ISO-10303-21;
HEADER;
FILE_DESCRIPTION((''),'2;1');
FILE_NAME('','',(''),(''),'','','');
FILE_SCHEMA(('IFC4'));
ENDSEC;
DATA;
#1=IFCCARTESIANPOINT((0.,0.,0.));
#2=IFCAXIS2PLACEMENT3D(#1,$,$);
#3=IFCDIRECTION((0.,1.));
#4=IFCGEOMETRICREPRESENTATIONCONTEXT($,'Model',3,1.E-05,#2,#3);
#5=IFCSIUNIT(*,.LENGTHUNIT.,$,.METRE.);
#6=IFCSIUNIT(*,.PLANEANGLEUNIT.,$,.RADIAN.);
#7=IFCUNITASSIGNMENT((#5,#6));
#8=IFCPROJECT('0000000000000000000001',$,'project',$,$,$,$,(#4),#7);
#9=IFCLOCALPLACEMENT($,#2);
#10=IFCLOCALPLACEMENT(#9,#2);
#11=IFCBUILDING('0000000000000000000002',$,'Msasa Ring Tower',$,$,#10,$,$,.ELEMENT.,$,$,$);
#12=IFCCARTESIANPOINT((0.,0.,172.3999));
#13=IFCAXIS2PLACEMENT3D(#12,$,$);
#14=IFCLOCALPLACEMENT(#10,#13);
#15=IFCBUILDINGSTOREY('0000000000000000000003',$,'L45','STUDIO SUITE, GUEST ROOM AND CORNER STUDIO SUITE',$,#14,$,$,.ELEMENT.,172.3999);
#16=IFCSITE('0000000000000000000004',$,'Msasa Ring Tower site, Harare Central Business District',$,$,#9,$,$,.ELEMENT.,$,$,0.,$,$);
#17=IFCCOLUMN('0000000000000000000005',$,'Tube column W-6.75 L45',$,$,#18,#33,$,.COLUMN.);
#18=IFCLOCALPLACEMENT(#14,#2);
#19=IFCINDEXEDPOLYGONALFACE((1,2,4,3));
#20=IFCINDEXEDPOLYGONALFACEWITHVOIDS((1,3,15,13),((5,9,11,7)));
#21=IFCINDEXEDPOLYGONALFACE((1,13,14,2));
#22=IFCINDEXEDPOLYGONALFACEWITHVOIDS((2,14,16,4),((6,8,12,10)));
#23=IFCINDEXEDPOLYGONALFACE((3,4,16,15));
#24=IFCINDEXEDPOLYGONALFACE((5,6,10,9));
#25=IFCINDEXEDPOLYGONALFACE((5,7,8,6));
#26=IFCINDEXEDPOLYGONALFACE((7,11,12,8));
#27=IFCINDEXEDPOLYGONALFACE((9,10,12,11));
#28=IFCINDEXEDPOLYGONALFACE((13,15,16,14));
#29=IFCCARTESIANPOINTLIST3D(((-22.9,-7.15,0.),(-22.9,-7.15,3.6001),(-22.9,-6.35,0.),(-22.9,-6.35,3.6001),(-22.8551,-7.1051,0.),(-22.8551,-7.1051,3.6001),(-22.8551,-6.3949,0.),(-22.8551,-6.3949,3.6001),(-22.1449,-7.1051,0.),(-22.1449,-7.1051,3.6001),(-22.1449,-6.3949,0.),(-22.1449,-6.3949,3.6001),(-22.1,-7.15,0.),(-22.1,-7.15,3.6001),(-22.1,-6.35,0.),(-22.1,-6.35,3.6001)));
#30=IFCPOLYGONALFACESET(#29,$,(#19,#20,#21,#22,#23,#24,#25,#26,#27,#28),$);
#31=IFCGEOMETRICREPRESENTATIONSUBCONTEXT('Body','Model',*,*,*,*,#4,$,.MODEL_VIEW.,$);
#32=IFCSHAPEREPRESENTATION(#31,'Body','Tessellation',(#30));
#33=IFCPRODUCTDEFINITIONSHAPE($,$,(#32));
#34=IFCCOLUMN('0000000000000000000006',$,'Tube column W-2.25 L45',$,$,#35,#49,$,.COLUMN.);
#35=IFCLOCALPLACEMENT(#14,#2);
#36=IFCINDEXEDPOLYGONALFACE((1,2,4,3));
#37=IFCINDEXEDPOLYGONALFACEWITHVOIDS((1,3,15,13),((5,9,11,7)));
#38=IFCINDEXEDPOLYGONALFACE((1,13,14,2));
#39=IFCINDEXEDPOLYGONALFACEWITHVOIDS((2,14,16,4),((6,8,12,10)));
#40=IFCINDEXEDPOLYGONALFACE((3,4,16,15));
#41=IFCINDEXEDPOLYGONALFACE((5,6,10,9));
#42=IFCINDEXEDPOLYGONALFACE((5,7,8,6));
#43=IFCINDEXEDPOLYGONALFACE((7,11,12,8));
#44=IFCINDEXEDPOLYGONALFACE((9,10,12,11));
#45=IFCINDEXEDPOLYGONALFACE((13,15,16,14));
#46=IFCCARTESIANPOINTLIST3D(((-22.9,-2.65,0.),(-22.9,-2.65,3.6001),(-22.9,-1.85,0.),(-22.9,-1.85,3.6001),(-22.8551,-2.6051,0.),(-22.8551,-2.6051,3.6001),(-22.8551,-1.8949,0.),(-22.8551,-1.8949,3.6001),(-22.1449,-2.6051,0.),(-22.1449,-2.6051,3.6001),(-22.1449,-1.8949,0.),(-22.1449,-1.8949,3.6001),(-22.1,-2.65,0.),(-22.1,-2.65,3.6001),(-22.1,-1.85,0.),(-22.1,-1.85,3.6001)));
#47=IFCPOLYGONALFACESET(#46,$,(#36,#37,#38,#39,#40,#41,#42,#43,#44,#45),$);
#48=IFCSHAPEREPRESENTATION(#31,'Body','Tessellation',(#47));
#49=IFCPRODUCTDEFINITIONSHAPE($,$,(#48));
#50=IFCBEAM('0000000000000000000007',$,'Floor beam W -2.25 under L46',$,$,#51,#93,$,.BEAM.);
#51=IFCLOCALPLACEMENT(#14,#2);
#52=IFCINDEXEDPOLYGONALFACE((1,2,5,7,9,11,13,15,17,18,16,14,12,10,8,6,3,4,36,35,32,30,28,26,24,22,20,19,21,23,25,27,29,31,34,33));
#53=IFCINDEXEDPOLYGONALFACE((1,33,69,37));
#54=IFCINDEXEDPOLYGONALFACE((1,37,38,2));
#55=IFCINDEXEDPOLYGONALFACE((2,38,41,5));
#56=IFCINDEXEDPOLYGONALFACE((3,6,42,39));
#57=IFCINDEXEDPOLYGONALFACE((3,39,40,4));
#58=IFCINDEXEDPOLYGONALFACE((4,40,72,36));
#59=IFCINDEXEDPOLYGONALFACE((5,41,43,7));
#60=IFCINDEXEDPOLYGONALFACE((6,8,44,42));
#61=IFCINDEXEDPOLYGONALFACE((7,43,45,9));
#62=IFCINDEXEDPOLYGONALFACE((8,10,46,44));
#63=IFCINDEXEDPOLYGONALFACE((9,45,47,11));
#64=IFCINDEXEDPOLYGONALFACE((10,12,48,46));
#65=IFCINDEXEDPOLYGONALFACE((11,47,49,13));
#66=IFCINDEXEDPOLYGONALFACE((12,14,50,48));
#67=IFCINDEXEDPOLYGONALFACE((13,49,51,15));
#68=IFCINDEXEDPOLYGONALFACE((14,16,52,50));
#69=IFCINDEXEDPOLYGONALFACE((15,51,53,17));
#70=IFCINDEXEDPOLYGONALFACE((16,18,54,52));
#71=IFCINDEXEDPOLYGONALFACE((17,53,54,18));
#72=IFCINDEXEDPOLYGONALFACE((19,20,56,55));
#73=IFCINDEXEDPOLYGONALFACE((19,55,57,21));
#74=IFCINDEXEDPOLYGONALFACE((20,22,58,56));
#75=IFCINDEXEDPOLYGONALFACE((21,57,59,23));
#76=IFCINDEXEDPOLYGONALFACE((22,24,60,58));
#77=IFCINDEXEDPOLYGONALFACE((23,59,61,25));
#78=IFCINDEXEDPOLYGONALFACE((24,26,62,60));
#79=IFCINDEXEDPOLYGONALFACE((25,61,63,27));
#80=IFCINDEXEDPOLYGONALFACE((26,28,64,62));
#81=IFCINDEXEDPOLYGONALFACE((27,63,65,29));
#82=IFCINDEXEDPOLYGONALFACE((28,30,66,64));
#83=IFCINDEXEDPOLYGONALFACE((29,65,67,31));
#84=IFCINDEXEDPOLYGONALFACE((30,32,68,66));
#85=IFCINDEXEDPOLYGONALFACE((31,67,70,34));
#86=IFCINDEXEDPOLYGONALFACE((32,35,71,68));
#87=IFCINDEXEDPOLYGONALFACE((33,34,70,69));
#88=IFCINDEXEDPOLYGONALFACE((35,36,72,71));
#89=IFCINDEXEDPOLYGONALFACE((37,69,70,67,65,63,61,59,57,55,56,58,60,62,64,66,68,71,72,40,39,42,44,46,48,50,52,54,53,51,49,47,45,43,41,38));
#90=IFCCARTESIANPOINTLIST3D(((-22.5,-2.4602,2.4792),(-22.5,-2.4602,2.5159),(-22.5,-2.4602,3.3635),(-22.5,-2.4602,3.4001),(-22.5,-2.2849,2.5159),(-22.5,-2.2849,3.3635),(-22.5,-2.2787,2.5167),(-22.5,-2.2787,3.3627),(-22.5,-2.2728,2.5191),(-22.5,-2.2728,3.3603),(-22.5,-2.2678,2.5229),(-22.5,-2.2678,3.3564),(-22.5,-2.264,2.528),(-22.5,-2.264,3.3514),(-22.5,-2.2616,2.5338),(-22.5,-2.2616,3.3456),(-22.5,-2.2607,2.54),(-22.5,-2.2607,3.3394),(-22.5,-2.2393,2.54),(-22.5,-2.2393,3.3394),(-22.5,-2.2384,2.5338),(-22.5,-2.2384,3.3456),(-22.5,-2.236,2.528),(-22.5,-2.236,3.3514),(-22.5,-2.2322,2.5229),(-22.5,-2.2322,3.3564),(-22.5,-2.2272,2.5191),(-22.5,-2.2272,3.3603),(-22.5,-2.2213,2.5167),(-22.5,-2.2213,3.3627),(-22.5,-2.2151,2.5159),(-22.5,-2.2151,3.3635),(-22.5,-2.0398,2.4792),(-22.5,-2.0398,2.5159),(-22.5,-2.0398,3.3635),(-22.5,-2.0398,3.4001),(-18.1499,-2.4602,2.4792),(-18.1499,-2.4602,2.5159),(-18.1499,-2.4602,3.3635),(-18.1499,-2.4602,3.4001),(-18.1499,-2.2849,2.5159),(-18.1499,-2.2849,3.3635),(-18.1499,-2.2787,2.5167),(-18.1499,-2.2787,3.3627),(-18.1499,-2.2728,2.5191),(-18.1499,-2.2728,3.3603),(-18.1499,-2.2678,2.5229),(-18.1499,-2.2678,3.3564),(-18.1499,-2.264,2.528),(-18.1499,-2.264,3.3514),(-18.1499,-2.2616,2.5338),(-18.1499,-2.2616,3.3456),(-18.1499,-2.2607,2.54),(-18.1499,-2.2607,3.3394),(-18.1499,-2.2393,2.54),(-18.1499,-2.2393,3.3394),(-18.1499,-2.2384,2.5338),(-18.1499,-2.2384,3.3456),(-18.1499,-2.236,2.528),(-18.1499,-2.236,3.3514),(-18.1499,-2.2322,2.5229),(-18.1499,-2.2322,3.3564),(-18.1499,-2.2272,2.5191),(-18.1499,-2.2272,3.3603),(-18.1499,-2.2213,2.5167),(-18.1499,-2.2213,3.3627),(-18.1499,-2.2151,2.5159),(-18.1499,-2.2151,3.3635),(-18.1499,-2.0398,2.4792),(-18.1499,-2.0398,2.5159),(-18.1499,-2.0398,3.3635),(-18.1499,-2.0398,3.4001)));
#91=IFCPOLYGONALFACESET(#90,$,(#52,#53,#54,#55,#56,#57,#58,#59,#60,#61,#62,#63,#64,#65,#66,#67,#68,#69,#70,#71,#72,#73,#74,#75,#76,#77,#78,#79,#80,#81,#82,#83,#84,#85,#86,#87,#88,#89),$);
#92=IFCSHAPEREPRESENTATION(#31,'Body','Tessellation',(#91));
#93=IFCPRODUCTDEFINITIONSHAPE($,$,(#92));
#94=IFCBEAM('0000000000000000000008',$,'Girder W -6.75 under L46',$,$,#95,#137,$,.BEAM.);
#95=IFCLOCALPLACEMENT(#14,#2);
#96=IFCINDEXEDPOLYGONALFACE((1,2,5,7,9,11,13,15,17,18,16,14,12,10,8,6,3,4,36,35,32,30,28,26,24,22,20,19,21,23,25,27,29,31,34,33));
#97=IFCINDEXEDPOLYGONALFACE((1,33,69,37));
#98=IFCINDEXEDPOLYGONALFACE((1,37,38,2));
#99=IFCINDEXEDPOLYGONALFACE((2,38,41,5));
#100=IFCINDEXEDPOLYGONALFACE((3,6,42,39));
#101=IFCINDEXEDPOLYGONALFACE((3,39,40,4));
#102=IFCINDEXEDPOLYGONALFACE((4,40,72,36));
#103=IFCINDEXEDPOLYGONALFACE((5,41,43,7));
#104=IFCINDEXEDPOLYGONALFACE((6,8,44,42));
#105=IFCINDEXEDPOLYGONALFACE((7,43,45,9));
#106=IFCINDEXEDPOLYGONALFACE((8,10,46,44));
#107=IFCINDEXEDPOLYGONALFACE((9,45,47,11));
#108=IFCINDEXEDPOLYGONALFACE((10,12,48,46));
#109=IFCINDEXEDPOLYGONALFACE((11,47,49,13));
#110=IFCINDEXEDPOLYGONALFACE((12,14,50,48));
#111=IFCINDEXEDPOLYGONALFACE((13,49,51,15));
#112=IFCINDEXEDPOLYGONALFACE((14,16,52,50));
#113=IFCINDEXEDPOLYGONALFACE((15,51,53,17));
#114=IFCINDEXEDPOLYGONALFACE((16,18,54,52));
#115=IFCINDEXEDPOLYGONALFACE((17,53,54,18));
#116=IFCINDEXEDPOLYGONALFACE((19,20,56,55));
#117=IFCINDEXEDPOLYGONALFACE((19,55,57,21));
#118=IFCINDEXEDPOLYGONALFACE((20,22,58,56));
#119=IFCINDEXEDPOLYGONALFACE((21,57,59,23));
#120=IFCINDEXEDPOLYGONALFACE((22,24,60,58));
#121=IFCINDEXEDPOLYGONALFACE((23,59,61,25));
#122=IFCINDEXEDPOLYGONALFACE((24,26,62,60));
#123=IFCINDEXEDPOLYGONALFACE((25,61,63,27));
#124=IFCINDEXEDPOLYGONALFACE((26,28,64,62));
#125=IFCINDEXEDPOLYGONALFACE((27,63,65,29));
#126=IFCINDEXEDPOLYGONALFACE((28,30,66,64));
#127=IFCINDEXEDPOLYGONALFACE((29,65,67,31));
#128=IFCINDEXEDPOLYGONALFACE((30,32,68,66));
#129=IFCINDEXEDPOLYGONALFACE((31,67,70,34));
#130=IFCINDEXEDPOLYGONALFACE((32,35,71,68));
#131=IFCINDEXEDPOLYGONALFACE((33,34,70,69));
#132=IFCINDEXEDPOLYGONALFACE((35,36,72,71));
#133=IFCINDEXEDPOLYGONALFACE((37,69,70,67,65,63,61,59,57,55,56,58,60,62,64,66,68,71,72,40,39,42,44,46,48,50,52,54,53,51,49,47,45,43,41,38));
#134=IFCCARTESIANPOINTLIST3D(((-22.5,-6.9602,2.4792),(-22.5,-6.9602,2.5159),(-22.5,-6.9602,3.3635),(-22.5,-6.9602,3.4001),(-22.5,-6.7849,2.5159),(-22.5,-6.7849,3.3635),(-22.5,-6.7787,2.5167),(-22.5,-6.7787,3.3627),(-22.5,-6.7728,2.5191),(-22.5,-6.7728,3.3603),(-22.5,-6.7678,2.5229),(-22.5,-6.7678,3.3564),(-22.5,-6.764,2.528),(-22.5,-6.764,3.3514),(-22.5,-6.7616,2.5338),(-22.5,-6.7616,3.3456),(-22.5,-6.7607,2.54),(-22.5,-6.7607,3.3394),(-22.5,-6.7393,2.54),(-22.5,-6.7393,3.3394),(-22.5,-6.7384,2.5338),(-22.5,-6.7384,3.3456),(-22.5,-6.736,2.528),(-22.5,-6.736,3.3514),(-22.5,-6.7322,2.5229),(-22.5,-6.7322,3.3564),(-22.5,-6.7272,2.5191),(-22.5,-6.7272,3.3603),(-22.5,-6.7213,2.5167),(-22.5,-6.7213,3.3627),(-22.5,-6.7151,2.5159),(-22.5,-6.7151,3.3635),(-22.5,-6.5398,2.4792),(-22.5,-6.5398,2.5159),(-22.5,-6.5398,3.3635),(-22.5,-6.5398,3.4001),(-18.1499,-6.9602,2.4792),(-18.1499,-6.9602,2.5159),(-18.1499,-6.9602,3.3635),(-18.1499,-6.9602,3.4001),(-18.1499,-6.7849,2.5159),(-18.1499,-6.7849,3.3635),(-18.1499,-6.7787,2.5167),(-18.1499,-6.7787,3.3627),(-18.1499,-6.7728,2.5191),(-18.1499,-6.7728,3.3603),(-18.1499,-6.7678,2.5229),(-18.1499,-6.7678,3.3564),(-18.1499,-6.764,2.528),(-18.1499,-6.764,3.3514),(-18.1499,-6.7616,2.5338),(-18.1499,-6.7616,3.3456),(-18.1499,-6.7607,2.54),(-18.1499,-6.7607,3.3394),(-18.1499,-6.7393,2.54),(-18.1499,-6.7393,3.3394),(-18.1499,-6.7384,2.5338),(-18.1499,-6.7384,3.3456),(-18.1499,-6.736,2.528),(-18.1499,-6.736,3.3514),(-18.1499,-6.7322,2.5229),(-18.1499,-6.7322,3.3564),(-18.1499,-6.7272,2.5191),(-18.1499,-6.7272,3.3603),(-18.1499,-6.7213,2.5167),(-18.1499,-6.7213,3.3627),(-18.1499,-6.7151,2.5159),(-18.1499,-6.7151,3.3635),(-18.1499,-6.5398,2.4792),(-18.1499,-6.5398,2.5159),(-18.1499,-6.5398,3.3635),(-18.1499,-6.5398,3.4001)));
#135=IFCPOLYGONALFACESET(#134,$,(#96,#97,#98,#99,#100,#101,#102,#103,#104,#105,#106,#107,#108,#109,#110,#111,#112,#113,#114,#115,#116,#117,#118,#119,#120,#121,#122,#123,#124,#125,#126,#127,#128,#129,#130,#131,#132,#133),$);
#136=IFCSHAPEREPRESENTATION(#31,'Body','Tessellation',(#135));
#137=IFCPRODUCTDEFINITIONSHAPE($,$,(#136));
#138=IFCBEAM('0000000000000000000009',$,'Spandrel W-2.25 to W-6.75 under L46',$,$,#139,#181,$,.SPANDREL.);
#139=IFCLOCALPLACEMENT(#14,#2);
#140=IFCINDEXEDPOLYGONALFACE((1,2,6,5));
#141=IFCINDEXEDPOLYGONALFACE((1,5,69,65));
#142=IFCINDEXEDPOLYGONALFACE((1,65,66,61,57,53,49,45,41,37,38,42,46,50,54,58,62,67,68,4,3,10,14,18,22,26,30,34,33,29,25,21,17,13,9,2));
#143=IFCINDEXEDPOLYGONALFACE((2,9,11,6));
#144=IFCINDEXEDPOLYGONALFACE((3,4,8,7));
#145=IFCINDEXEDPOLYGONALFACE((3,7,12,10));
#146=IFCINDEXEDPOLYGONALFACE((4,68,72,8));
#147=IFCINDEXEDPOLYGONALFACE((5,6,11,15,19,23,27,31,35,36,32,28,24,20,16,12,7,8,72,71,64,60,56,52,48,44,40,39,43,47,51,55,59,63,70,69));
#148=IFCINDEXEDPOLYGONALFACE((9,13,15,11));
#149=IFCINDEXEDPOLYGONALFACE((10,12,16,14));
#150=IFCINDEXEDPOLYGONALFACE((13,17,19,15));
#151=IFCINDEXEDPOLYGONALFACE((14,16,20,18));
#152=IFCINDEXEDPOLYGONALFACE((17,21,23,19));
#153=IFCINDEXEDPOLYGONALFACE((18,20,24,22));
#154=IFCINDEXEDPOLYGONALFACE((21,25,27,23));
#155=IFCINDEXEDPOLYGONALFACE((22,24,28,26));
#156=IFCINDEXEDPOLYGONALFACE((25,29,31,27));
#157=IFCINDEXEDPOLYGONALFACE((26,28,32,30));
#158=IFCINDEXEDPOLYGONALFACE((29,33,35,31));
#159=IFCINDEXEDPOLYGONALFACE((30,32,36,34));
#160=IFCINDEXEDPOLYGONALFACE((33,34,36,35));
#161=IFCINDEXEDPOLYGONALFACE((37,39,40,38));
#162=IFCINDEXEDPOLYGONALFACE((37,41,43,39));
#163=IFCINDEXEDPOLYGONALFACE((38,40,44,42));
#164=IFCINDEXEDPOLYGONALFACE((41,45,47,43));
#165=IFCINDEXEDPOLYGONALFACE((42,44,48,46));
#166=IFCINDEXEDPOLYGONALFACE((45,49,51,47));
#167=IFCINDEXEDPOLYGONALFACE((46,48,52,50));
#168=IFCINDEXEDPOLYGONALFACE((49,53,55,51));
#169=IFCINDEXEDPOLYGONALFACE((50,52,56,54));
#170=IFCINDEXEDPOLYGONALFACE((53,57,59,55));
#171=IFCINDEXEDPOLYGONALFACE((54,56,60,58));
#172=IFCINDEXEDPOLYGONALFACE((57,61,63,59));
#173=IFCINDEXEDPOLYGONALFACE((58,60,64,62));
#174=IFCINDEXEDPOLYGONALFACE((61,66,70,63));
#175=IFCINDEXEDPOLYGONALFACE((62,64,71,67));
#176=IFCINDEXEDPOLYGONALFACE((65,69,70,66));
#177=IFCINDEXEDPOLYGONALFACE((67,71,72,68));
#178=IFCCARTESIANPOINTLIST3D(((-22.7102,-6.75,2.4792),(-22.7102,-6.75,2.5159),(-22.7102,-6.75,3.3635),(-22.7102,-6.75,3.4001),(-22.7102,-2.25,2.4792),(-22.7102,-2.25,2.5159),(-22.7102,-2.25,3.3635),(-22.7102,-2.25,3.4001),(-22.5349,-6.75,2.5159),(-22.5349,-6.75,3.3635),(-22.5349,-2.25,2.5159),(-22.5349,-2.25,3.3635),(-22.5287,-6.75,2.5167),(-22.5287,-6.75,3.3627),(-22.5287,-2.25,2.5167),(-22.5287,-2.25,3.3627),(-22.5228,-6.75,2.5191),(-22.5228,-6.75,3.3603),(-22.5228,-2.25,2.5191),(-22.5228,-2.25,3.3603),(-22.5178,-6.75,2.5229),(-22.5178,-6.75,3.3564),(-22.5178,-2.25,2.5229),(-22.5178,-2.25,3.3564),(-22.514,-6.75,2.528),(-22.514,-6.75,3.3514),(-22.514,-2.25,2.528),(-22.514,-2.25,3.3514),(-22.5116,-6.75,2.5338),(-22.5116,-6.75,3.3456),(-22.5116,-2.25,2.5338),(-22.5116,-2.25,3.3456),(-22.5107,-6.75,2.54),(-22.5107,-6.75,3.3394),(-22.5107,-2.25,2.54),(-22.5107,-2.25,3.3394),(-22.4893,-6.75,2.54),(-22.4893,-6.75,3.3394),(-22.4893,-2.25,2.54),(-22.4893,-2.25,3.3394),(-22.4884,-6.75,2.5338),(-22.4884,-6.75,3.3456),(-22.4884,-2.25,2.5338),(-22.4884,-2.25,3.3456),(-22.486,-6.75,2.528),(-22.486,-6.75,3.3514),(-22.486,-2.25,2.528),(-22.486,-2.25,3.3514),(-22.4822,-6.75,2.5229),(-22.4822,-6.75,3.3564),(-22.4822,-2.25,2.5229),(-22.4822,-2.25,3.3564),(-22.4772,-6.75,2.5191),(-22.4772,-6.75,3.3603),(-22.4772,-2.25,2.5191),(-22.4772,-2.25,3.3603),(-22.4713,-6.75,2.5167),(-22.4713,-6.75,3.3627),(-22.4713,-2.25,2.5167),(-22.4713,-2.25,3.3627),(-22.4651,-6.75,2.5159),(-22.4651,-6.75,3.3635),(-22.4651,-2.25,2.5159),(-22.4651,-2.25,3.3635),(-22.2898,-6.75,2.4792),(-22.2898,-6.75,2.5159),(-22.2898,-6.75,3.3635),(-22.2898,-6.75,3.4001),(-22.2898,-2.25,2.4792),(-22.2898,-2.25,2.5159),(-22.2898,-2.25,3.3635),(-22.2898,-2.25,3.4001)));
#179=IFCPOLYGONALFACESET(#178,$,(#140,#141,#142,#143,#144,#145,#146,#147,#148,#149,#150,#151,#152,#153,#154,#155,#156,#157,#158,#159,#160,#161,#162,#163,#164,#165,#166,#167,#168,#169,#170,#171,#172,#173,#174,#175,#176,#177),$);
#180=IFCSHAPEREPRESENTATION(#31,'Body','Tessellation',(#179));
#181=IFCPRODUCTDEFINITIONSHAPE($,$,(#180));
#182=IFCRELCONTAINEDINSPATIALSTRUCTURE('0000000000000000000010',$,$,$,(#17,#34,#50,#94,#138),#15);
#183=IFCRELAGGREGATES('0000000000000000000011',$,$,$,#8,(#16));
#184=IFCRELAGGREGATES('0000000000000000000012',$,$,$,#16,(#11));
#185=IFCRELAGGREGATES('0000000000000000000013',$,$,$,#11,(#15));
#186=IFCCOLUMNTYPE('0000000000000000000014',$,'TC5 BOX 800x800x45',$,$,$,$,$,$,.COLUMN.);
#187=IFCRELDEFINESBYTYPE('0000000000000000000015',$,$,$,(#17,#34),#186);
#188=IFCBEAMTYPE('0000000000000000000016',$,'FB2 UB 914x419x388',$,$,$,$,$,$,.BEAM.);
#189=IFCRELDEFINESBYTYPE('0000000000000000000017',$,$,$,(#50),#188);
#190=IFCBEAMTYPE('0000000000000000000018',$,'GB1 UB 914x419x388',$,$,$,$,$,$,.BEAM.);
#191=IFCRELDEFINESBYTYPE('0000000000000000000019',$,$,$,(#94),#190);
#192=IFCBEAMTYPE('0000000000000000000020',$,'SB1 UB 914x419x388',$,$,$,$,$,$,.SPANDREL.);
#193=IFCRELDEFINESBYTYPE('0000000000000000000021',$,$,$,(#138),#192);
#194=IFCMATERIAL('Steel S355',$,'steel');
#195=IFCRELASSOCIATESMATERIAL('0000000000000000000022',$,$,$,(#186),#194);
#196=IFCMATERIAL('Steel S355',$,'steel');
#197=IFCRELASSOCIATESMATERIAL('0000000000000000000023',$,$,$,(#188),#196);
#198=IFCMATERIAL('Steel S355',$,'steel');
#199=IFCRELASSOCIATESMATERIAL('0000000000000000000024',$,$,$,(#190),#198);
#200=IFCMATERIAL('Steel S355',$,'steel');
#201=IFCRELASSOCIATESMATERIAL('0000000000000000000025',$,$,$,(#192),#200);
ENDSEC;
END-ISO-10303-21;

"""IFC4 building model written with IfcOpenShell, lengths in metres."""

from ifc_helpers import new_model, si_unit, direction, frame, origin, origin_2d, place, context, subcontext, project, spatial, hollow_rectangle, i_section, extrude, material, material_profile, profile_set, type_object, element, save


model = new_model("IFC4")

# Units and contexts
model_context = context("Model", 3, precision=1e-05, world=origin(), true_north=direction((0.0, 1.0)))
body_context = subcontext(model_context, "Body", "Model", "MODEL_VIEW")
ifc_project = project(units=[si_unit("LENGTHUNIT", "METRE"), si_unit("PLANEANGLEUNIT", "RADIAN")], contexts=[model_context])

# Site, building, storey
site_placement = place(None, origin())
site = spatial("IfcSite", under=ifc_project, at=site_placement, Name="Msasa Ring Tower site, Harare Central Business District", CompositionType="ELEMENT", RefElevation=0.0)
building_placement = place(site_placement, origin())
building = spatial("IfcBuilding", under=site, at=building_placement, Name="Msasa Ring Tower", CompositionType="ELEMENT")
storey_placement = place(building_placement, frame((0.0, 0.0, 172.3999)))
storey = spatial("IfcBuildingStorey", under=building, at=storey_placement, Name="L45", Description="STUDIO SUITE, GUEST ROOM AND CORNER STUDIO SUITE", CompositionType="ELEMENT", Elevation=172.3999)

# Columns
ifc_material_1 = material(Name="Steel S355", Category="steel")
ifc_material_profile_1 = material_profile(ifc_material_1, hollow_rectangle(XDim=0.8, YDim=0.8, WallThickness=0.0449, at=origin_2d()), Name="BOX 800x800x45")
ifc_profile_set_1 = profile_set([ifc_material_profile_1], Name="Steel S355")
column_type = type_object("IfcColumnType", Name="TC5 BOX 800x800x45", PredefinedType="COLUMN", material=ifc_profile_set_1)
for number, where, z_axis, x_axis, name in (
    (1, (-22.5, -6.75, 0.0), (0.0, 0.0, 1.0), (1.0, 0.0, 0.0), "Tube column W-6.75 L45"),
    (2, (-22.5, -2.25, 0.0), (0.0, 0.0, 1.0), (1.0, 0.0, 0.0), "Tube column W-2.25 L45"),
):
    element("IfcColumn", number, at=place(storey_placement, frame(where, z_axis=z_axis, x_axis=x_axis)), inside=storey, type_object=column_type, Name=name, PredefinedType="COLUMN", context=body_context, shape_type="SweptSolid", body=[
        extrude(hollow_rectangle(XDim=0.8, YDim=0.8, WallThickness=0.0449, at=origin_2d()), origin(), (0.0, 0.0, 1.0), 3.6001),
    ])

# Beams
ifc_material_2 = material(Name="Steel S355", Category="steel")
ifc_material_profile_2 = material_profile(ifc_material_2, i_section(OverallWidth=0.4204, OverallDepth=0.9209, WebThickness=0.0215, FlangeThickness=0.0366, FilletRadius=0.0242, at=origin_2d()), Name="UB 914x419x388")
ifc_profile_set_2 = profile_set([ifc_material_profile_2], Name="Steel S355")
beam_type_1 = type_object("IfcBeamType", Name="FB2 UB 914x419x388", PredefinedType="BEAM", material=ifc_profile_set_2)
beam_1_placement = place(storey_placement, frame((-22.5, -2.25, 2.9397), z_axis=(1.0, 0.0, 0.0), x_axis=(0.0, 1.0, 0.0)))
element("IfcBeam", 3, at=beam_1_placement, inside=storey, type_object=beam_type_1, Name="Floor beam W -2.25 under L46", PredefinedType="BEAM", context=body_context, shape_type="SweptSolid", body=[
    extrude(i_section(OverallWidth=0.4204, OverallDepth=0.9209, WebThickness=0.0215, FlangeThickness=0.0366, FilletRadius=0.0242, at=origin_2d()), origin(), (0.0, 0.0, 1.0), 4.3501),
])
ifc_material_3 = material(Name="Steel S355", Category="steel")
ifc_material_profile_3 = material_profile(ifc_material_3, i_section(OverallWidth=0.4204, OverallDepth=0.9209, WebThickness=0.0215, FlangeThickness=0.0366, FilletRadius=0.0242, at=origin_2d()), Name="UB 914x419x388")
ifc_profile_set_3 = profile_set([ifc_material_profile_3], Name="Steel S355")
beam_type_2 = type_object("IfcBeamType", Name="GB1 UB 914x419x388", PredefinedType="BEAM", material=ifc_profile_set_3)
beam_2_placement = place(storey_placement, frame((-18.1499, -6.75, 2.9397), z_axis=(-1.0, 0.0, 0.0), x_axis=(0.0, -1.0, 0.0)))
element("IfcBeam", 4, at=beam_2_placement, inside=storey, type_object=beam_type_2, Name="Girder W -6.75 under L46", PredefinedType="BEAM", context=body_context, shape_type="SweptSolid", body=[
    extrude(i_section(OverallWidth=0.4204, OverallDepth=0.9209, WebThickness=0.0215, FlangeThickness=0.0366, FilletRadius=0.0242, at=origin_2d()), origin(), (0.0, 0.0, 1.0), 4.3501),
])
ifc_material_4 = material(Name="Steel S355", Category="steel")
ifc_material_profile_4 = material_profile(ifc_material_4, i_section(OverallWidth=0.4204, OverallDepth=0.9209, WebThickness=0.0215, FlangeThickness=0.0366, FilletRadius=0.0242, at=origin_2d()), Name="UB 914x419x388")
ifc_profile_set_4 = profile_set([ifc_material_profile_4], Name="Steel S355")
beam_type_3 = type_object("IfcBeamType", Name="SB1 UB 914x419x388", PredefinedType="SPANDREL", material=ifc_profile_set_4)
for number, where, z_axis, x_axis, name in (
    (5, (-22.5, -2.25, 2.9397), (0.0, -1.0, 0.0), (1.0, 0.0, 0.0), "Spandrel W-2.25 to W-6.75 under L46"),
):
    element("IfcBeam", number, at=place(storey_placement, frame(where, z_axis=z_axis, x_axis=x_axis)), inside=storey, type_object=beam_type_3, Name=name, PredefinedType="SPANDREL", context=body_context, shape_type="SweptSolid", body=[
        extrude(i_section(OverallWidth=0.4204, OverallDepth=0.9209, WebThickness=0.0215, FlangeThickness=0.0366, FilletRadius=0.0242, at=origin_2d()), origin(), (0.0, 0.0, 1.0), 4.5),
    ])

save(model, "model.ifc")
